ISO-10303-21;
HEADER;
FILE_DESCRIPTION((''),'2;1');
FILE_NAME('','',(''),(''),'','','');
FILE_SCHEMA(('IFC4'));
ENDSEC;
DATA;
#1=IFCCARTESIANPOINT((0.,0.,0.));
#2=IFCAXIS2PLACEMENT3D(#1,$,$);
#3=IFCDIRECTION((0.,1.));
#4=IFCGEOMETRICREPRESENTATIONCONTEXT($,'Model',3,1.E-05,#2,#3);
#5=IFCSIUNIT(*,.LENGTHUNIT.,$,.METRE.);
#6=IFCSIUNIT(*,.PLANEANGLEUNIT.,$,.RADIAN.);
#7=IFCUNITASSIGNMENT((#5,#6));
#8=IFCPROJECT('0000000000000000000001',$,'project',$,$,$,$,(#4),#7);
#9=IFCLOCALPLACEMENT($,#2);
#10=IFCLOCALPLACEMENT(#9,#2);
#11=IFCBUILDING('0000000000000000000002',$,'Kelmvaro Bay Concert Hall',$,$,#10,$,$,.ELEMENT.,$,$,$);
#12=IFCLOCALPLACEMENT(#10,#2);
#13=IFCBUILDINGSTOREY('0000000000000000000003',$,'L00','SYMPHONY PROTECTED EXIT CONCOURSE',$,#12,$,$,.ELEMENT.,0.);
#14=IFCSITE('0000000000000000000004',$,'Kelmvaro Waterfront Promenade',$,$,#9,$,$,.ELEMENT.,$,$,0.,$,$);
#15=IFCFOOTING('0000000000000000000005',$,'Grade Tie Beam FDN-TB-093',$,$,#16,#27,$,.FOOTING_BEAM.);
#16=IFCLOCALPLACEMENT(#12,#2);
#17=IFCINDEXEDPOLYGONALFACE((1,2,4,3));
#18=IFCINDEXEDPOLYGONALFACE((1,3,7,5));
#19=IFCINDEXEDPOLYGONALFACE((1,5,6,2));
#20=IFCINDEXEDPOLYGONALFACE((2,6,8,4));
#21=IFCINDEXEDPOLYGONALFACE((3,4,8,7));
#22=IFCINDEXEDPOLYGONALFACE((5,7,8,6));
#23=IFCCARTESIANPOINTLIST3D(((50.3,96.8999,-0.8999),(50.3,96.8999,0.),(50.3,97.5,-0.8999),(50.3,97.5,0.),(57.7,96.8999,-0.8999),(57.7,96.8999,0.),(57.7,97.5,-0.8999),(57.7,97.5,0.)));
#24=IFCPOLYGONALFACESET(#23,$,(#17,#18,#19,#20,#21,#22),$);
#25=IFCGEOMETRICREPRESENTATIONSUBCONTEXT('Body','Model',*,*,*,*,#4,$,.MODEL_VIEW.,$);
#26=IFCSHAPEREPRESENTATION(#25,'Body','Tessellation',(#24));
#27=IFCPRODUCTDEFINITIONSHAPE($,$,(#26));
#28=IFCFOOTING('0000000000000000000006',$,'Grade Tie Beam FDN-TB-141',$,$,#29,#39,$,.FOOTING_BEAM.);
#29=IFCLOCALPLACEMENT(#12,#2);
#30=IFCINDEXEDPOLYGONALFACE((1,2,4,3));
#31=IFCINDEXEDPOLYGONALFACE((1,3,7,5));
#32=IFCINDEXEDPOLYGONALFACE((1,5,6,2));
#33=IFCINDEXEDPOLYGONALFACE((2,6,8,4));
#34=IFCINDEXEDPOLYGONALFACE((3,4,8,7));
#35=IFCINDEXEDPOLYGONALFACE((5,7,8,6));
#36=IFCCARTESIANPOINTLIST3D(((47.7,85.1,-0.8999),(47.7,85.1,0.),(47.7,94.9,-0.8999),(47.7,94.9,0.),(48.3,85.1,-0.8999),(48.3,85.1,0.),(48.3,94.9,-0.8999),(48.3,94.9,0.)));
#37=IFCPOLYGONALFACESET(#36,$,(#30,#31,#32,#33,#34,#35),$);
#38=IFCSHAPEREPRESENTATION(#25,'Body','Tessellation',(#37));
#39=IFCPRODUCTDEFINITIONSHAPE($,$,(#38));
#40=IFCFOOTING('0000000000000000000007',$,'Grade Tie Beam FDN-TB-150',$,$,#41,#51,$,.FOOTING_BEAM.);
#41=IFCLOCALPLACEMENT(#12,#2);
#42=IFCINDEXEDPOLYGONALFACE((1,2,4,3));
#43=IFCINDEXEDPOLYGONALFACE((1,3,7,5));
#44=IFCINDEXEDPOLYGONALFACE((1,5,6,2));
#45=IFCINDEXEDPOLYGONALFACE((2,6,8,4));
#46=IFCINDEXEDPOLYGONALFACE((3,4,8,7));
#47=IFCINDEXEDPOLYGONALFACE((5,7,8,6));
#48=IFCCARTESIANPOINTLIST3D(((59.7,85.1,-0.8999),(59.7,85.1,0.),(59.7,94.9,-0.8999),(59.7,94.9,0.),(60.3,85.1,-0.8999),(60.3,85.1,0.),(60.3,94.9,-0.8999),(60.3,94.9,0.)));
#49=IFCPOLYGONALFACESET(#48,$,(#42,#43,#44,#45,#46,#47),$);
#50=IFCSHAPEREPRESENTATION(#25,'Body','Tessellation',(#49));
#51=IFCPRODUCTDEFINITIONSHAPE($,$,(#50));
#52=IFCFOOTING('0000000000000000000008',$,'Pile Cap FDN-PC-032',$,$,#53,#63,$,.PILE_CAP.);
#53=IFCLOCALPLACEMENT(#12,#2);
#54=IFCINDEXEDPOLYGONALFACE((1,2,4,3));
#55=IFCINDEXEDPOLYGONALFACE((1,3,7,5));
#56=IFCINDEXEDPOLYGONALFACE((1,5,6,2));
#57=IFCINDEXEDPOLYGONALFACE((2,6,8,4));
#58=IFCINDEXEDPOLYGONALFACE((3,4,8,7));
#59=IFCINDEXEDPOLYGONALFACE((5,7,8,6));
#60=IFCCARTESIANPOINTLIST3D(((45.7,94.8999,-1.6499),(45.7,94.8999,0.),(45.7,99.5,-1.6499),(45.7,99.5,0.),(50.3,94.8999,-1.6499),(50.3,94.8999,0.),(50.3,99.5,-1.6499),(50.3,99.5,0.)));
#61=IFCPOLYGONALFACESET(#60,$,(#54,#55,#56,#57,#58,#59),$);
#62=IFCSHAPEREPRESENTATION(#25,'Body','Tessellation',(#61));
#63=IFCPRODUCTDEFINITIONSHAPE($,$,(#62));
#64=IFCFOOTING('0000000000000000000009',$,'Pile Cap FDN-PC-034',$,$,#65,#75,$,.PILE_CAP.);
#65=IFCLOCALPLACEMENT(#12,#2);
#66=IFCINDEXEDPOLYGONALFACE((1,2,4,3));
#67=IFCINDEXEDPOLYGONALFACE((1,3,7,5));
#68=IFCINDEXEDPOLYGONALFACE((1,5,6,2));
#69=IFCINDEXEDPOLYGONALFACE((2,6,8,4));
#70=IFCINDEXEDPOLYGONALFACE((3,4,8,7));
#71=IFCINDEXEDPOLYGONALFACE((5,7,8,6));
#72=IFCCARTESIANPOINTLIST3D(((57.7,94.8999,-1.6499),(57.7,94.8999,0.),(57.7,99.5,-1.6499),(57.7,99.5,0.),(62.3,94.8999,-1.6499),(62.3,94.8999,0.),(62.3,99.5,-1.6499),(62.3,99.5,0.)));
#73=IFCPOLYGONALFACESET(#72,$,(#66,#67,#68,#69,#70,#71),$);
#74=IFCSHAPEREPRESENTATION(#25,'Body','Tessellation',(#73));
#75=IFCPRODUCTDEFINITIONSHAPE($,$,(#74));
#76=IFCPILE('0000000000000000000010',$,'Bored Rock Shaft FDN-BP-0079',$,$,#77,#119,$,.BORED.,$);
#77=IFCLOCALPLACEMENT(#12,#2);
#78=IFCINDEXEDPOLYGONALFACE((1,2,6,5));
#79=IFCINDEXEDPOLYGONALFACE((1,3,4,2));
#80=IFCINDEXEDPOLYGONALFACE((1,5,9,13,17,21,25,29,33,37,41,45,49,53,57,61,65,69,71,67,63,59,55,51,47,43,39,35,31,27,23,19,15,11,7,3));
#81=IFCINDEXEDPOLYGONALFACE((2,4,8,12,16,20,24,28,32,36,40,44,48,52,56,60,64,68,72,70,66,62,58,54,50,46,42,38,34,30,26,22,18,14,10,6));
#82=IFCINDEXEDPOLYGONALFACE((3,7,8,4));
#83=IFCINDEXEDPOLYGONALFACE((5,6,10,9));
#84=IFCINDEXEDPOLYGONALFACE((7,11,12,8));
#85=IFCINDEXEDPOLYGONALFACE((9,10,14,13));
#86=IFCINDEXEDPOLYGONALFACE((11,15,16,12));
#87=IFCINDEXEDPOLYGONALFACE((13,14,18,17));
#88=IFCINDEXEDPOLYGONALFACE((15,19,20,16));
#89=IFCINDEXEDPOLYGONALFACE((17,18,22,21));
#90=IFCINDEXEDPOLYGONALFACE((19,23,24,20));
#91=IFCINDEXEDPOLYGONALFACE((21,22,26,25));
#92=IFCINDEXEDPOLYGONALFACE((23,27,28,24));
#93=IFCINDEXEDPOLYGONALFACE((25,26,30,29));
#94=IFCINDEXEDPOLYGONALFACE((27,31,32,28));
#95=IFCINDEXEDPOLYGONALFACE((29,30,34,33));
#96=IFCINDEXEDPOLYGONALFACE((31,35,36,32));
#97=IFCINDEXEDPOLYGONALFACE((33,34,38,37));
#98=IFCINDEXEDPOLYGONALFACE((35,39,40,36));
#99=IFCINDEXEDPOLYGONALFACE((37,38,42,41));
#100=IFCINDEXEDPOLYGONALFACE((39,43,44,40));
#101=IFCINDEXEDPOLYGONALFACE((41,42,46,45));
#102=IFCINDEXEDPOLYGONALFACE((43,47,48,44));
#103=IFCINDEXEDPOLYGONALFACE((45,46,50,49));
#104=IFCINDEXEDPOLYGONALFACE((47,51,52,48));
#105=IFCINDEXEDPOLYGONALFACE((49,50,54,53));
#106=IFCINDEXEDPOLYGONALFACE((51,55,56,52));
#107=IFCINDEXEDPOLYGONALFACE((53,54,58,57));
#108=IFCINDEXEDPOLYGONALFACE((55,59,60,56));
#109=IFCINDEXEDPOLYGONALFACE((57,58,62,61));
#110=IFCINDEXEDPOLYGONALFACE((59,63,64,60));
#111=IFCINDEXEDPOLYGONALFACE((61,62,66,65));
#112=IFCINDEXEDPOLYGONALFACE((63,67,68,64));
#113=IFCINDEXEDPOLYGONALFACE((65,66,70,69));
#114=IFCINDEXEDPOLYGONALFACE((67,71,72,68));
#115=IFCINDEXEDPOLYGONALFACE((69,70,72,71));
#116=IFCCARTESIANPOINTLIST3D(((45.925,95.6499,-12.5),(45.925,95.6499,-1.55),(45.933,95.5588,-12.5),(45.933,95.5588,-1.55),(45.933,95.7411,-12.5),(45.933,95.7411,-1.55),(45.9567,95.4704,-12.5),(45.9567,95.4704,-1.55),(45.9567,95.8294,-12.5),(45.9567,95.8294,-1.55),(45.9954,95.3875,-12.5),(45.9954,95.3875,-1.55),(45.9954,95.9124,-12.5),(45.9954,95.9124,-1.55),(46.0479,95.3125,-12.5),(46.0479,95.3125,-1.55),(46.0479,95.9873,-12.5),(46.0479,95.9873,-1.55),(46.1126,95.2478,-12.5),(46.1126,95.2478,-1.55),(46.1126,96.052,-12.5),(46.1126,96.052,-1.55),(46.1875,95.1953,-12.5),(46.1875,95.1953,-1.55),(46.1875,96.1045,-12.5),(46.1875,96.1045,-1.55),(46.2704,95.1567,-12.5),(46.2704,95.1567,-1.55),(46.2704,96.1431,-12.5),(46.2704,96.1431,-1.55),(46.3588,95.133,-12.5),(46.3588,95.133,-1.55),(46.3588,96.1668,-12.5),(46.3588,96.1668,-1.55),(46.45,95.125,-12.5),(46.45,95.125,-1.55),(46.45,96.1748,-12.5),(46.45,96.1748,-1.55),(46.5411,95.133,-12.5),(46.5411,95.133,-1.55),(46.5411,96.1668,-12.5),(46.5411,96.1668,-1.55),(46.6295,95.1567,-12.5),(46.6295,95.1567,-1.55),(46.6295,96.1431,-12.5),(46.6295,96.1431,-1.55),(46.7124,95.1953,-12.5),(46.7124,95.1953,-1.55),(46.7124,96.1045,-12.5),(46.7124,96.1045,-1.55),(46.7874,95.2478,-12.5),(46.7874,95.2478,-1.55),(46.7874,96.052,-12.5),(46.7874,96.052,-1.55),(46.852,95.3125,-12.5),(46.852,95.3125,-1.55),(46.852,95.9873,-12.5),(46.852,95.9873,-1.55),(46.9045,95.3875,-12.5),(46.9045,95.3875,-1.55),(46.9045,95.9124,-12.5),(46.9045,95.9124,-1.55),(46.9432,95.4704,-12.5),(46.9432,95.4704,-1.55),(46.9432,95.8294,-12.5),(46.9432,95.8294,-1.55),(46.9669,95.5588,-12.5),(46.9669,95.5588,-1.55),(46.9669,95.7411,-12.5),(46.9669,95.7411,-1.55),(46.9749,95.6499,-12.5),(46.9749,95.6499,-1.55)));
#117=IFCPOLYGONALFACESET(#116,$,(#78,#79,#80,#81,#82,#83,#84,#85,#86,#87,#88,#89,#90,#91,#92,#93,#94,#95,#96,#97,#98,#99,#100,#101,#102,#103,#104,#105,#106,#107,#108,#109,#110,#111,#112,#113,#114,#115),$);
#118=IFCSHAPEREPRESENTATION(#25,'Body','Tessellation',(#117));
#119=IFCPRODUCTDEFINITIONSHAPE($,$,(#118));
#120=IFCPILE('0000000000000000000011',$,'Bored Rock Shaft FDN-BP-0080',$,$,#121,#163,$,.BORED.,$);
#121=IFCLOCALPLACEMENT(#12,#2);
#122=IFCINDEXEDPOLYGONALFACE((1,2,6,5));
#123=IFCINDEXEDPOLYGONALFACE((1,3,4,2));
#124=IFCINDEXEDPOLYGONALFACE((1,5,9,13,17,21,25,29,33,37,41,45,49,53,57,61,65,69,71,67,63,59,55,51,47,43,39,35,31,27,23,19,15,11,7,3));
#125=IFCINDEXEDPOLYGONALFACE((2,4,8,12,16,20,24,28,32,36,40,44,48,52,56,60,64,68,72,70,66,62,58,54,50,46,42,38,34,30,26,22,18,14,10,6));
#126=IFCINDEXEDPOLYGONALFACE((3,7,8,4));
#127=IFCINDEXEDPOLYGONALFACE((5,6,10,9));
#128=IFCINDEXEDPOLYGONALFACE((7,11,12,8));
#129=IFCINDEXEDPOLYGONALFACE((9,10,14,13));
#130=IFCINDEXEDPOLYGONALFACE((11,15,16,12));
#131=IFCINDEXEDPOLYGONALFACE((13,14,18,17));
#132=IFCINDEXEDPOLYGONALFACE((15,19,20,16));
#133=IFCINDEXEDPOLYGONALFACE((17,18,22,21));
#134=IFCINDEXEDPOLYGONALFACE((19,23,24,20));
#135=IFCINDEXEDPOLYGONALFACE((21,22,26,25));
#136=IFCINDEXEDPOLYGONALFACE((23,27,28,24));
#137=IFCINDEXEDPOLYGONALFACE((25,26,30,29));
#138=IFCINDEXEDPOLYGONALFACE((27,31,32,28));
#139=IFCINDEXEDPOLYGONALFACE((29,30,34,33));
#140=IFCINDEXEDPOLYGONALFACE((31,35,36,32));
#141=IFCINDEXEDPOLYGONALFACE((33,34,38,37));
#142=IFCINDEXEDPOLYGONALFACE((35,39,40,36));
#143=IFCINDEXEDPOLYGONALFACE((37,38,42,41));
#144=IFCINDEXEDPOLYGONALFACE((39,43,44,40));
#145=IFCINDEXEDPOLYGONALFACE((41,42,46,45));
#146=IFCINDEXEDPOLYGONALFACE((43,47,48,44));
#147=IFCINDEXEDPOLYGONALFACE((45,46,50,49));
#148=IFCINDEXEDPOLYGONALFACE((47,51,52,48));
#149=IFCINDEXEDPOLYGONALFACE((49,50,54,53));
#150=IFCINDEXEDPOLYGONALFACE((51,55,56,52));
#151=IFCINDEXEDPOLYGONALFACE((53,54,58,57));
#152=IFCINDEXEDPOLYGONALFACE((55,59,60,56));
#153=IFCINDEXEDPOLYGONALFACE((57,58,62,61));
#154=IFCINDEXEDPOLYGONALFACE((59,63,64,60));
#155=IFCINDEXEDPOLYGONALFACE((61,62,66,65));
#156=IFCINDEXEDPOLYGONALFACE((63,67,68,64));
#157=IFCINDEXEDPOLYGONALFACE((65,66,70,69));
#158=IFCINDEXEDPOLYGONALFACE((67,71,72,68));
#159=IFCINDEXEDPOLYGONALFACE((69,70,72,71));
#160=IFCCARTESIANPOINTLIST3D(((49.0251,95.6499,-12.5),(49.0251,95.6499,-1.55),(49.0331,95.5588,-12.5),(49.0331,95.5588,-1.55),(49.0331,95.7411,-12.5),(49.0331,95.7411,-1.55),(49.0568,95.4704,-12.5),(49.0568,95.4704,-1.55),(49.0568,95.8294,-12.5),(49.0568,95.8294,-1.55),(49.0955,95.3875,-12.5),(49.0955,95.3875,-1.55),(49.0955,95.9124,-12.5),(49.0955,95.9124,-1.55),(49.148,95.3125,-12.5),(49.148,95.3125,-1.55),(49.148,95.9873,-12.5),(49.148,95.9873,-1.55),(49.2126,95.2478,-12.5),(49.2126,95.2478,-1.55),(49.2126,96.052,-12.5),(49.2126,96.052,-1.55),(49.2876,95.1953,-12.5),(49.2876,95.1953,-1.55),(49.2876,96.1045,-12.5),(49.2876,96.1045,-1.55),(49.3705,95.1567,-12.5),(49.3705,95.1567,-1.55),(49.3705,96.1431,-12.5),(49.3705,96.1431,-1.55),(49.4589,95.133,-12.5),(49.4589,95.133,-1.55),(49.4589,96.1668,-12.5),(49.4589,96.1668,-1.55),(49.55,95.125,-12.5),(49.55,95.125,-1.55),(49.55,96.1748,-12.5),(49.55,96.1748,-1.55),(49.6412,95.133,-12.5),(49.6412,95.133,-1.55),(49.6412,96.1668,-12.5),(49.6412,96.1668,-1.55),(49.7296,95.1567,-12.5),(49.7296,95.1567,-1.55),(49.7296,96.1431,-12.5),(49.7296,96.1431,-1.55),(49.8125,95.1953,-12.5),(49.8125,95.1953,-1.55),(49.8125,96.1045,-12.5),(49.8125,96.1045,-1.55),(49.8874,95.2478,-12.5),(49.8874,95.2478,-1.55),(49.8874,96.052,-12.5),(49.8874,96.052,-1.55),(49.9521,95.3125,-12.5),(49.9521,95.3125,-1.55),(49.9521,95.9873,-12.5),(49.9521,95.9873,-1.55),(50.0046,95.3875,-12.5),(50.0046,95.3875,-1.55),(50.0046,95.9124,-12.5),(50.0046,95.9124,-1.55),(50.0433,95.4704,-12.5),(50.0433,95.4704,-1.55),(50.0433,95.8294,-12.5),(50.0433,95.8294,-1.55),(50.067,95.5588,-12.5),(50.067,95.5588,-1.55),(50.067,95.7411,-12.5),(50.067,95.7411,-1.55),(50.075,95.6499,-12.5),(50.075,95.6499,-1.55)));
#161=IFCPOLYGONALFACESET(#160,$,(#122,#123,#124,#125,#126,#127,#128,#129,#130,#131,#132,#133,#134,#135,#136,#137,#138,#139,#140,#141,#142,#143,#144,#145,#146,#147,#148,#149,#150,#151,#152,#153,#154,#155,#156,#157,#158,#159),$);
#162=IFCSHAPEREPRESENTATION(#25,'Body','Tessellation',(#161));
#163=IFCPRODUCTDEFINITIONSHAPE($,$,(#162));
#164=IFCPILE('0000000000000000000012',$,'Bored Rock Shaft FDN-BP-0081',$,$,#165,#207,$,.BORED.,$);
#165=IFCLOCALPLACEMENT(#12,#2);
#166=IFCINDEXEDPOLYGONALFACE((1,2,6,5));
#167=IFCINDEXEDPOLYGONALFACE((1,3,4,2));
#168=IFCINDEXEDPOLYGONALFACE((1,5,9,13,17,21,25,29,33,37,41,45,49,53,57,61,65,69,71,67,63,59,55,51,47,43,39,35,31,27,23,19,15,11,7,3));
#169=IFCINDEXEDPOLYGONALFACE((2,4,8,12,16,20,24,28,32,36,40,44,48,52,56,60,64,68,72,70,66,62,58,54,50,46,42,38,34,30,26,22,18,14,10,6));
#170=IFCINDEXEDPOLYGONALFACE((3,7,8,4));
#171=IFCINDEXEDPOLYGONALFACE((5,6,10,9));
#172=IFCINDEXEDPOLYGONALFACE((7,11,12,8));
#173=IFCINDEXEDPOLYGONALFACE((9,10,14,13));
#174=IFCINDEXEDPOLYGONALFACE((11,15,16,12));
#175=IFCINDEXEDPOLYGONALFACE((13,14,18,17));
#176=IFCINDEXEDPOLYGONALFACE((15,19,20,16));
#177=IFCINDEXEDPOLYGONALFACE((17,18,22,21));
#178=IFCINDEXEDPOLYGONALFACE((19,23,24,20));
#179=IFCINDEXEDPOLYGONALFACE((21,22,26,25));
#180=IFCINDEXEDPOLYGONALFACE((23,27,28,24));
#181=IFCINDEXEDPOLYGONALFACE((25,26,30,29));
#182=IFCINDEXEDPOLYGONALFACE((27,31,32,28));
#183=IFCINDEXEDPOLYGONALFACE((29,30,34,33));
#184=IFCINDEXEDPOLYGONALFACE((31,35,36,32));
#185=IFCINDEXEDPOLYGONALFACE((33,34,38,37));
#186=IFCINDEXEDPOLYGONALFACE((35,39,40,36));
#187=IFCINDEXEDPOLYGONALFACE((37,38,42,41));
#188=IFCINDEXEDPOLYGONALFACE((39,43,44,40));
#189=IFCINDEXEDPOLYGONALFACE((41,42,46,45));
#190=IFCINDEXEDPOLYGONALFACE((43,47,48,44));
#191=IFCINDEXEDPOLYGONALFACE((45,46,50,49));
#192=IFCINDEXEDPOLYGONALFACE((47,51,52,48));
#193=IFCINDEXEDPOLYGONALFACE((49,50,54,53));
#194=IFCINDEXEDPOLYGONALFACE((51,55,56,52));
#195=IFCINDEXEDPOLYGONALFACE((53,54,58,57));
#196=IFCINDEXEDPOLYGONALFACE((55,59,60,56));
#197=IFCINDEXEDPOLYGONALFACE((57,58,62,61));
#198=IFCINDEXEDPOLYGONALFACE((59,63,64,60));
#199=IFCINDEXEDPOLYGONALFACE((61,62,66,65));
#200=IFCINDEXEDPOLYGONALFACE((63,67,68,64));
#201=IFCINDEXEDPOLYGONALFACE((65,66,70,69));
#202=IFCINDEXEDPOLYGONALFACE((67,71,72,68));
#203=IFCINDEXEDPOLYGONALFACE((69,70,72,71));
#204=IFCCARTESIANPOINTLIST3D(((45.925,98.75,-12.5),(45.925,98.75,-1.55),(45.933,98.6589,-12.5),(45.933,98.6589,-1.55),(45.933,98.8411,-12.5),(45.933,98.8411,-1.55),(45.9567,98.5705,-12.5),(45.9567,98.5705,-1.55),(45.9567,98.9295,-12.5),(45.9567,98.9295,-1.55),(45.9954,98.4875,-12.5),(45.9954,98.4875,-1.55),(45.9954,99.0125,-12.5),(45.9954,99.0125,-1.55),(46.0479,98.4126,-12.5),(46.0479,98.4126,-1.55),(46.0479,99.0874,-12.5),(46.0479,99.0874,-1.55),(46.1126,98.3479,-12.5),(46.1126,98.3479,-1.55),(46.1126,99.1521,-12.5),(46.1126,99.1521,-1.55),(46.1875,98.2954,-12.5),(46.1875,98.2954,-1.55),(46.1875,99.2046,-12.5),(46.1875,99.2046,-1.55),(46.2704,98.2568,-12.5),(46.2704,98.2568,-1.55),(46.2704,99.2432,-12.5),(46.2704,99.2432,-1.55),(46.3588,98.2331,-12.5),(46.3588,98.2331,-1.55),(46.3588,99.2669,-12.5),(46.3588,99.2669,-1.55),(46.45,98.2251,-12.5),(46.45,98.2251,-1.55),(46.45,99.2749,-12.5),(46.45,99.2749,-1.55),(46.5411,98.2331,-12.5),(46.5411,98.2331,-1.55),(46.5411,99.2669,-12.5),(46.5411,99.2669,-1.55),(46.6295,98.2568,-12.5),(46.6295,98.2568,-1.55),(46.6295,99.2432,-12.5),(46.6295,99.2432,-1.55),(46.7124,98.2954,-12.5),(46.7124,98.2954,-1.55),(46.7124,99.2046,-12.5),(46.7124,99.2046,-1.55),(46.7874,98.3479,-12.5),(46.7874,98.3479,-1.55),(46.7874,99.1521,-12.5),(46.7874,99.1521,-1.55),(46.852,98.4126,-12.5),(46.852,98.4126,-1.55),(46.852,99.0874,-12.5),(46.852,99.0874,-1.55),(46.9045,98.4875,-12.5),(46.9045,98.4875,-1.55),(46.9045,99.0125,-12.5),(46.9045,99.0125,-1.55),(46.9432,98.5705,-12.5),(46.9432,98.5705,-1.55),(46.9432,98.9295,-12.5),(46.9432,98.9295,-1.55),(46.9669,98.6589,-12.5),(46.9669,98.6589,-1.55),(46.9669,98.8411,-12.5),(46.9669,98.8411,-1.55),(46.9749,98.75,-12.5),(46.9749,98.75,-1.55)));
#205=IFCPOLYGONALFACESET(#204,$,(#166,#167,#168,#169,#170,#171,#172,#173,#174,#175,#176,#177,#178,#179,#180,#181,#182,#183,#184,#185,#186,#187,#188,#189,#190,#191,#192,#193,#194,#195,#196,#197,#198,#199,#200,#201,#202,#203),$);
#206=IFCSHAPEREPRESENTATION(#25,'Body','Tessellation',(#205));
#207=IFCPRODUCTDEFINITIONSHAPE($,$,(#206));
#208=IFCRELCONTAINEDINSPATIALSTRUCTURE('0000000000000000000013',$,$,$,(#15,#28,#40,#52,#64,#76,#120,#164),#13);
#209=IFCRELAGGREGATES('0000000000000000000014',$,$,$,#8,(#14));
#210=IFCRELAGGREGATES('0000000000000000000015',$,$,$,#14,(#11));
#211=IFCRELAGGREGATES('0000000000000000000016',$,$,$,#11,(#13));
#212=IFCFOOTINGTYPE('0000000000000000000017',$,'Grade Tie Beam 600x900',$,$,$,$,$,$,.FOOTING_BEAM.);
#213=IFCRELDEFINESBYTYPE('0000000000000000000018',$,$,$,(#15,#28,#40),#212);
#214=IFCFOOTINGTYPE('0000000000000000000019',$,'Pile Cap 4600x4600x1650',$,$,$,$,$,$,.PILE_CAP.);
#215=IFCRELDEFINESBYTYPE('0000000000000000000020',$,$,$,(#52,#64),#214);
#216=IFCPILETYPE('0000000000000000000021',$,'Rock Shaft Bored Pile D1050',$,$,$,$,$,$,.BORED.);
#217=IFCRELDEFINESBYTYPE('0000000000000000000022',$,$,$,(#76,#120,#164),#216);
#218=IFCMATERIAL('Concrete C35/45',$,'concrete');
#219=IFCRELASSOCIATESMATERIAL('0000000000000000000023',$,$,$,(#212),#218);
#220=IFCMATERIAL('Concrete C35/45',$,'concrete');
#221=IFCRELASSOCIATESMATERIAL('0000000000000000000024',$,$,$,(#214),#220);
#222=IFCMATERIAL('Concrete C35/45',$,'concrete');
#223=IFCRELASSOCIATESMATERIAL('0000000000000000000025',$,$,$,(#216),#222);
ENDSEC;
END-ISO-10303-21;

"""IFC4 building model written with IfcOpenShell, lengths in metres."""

from ifc_helpers import new_model, si_unit, direction, frame, origin, origin_2d, place, context, subcontext, project, spatial, rectangle, circle, extrude, material, material_profile, profile_set, type_object, element, save


model = new_model("IFC4")

# Units and contexts
model_context = context("Model", 3, precision=1e-05, world=origin(), true_north=direction((0.0, 1.0)))
body_context = subcontext(model_context, "Body", "Model", "MODEL_VIEW")
ifc_project = project(units=[si_unit("LENGTHUNIT", "METRE"), si_unit("PLANEANGLEUNIT", "RADIAN")], contexts=[model_context])

# Site, building, storey
site_placement = place(None, origin())
site = spatial("IfcSite", under=ifc_project, at=site_placement, Name="Kelmvaro Waterfront Promenade", CompositionType="ELEMENT", RefElevation=0.0)
building_placement = place(site_placement, origin())
building = spatial("IfcBuilding", under=site, at=building_placement, Name="Kelmvaro Bay Concert Hall", CompositionType="ELEMENT")
storey_placement = place(building_placement, origin())
storey = spatial("IfcBuildingStorey", under=building, at=storey_placement, Name="L00", Description="SYMPHONY PROTECTED EXIT CONCOURSE", CompositionType="ELEMENT", Elevation=0.0)

# Footings
ifc_material_1 = material(Name="Concrete C35/45", Category="concrete")
footing_type_1 = type_object("IfcFootingType", Name="Grade Tie Beam 600x900", PredefinedType="FOOTING_BEAM", material=ifc_material_1)
footing_placement = place(storey_placement, frame((54.0, 97.2, -0.8999), z_axis=(0.0, 0.0, 1.0), x_axis=(1.0, 0.0, 0.0)))
element("IfcFooting", 1, at=footing_placement, inside=storey, type_object=footing_type_1, Name="Grade Tie Beam FDN-TB-093", PredefinedType="FOOTING_BEAM", context=body_context, shape_type="SweptSolid", body=[
    extrude(rectangle(XDim=7.3999, YDim=0.6001, at=origin_2d()), origin(), (0.0, 0.0, 1.0), 0.8999),
])
for number, where, z_axis, x_axis, name in (
    (2, (48.0, 90.0, -0.8999), (0.0, 0.0, 1.0), (0.0, 1.0, 0.0), "Grade Tie Beam FDN-TB-141"),
    (3, (60.0, 90.0, -0.8999), (0.0, 0.0, 1.0), (0.0, 1.0, 0.0), "Grade Tie Beam FDN-TB-150"),
):
    element("IfcFooting", number, at=place(storey_placement, frame(where, z_axis=z_axis, x_axis=x_axis)), inside=storey, type_object=footing_type_1, Name=name, PredefinedType="FOOTING_BEAM", context=body_context, shape_type="SweptSolid", body=[
        extrude(rectangle(XDim=9.8, YDim=0.6001, at=origin_2d()), origin(), (0.0, 0.0, 1.0), 0.8999),
    ])
ifc_material_2 = material(Name="Concrete C35/45", Category="concrete")
footing_type_2 = type_object("IfcFootingType", Name="Pile Cap 4600x4600x1650", PredefinedType="PILE_CAP", material=ifc_material_2)
for number, where, z_axis, x_axis, name in (
    (4, (48.0, 97.2, -1.6499), (0.0, 0.0, 1.0), (1.0, 0.0, 0.0), "Pile Cap FDN-PC-032"),
    (5, (60.0, 97.2, -1.6499), (0.0, 0.0, 1.0), (1.0, 0.0, 0.0), "Pile Cap FDN-PC-034"),
):
    element("IfcFooting", number, at=place(storey_placement, frame(where, z_axis=z_axis, x_axis=x_axis)), inside=storey, type_object=footing_type_2, Name=name, PredefinedType="PILE_CAP", context=body_context, shape_type="SweptSolid", body=[
        extrude(rectangle(XDim=4.6001, YDim=4.6001, at=origin_2d()), origin(), (0.0, 0.0, 1.0), 1.6499),
    ])

# Piles
ifc_material_3 = material(Name="Concrete C35/45", Category="concrete")
ifc_material_profile_1 = material_profile(ifc_material_3, circle(Radius=0.5249, at=origin_2d()), Name="PILE-BORED-1050")
ifc_profile_set_1 = profile_set([ifc_material_profile_1], Name="Concrete C35/45")
pile_type = type_object("IfcPileType", Name="Rock Shaft Bored Pile D1050", PredefinedType="BORED", material=ifc_profile_set_1)
for number, where, z_axis, x_axis, name in (
    (6, (46.45, 95.6499, -1.55), (0.0, 0.0, -1.0), (1.0, 0.0, 0.0), "Bored Rock Shaft FDN-BP-0079"),
    (7, (49.55, 95.6499, -1.55), (0.0, 0.0, -1.0), (1.0, 0.0, 0.0), "Bored Rock Shaft FDN-BP-0080"),
    (8, (46.45, 98.75, -1.55), (0.0, 0.0, -1.0), (1.0, 0.0, 0.0), "Bored Rock Shaft FDN-BP-0081"),
):
    element("IfcPile", number, at=place(storey_placement, frame(where, z_axis=z_axis, x_axis=x_axis)), inside=storey, type_object=pile_type, Name=name, PredefinedType="BORED", context=body_context, shape_type="SweptSolid", body=[
        extrude(circle(Radius=0.5249, at=origin_2d()), origin(), (0.0, 0.0, 1.0), 10.95),
    ])

save(model, "model.ifc")
